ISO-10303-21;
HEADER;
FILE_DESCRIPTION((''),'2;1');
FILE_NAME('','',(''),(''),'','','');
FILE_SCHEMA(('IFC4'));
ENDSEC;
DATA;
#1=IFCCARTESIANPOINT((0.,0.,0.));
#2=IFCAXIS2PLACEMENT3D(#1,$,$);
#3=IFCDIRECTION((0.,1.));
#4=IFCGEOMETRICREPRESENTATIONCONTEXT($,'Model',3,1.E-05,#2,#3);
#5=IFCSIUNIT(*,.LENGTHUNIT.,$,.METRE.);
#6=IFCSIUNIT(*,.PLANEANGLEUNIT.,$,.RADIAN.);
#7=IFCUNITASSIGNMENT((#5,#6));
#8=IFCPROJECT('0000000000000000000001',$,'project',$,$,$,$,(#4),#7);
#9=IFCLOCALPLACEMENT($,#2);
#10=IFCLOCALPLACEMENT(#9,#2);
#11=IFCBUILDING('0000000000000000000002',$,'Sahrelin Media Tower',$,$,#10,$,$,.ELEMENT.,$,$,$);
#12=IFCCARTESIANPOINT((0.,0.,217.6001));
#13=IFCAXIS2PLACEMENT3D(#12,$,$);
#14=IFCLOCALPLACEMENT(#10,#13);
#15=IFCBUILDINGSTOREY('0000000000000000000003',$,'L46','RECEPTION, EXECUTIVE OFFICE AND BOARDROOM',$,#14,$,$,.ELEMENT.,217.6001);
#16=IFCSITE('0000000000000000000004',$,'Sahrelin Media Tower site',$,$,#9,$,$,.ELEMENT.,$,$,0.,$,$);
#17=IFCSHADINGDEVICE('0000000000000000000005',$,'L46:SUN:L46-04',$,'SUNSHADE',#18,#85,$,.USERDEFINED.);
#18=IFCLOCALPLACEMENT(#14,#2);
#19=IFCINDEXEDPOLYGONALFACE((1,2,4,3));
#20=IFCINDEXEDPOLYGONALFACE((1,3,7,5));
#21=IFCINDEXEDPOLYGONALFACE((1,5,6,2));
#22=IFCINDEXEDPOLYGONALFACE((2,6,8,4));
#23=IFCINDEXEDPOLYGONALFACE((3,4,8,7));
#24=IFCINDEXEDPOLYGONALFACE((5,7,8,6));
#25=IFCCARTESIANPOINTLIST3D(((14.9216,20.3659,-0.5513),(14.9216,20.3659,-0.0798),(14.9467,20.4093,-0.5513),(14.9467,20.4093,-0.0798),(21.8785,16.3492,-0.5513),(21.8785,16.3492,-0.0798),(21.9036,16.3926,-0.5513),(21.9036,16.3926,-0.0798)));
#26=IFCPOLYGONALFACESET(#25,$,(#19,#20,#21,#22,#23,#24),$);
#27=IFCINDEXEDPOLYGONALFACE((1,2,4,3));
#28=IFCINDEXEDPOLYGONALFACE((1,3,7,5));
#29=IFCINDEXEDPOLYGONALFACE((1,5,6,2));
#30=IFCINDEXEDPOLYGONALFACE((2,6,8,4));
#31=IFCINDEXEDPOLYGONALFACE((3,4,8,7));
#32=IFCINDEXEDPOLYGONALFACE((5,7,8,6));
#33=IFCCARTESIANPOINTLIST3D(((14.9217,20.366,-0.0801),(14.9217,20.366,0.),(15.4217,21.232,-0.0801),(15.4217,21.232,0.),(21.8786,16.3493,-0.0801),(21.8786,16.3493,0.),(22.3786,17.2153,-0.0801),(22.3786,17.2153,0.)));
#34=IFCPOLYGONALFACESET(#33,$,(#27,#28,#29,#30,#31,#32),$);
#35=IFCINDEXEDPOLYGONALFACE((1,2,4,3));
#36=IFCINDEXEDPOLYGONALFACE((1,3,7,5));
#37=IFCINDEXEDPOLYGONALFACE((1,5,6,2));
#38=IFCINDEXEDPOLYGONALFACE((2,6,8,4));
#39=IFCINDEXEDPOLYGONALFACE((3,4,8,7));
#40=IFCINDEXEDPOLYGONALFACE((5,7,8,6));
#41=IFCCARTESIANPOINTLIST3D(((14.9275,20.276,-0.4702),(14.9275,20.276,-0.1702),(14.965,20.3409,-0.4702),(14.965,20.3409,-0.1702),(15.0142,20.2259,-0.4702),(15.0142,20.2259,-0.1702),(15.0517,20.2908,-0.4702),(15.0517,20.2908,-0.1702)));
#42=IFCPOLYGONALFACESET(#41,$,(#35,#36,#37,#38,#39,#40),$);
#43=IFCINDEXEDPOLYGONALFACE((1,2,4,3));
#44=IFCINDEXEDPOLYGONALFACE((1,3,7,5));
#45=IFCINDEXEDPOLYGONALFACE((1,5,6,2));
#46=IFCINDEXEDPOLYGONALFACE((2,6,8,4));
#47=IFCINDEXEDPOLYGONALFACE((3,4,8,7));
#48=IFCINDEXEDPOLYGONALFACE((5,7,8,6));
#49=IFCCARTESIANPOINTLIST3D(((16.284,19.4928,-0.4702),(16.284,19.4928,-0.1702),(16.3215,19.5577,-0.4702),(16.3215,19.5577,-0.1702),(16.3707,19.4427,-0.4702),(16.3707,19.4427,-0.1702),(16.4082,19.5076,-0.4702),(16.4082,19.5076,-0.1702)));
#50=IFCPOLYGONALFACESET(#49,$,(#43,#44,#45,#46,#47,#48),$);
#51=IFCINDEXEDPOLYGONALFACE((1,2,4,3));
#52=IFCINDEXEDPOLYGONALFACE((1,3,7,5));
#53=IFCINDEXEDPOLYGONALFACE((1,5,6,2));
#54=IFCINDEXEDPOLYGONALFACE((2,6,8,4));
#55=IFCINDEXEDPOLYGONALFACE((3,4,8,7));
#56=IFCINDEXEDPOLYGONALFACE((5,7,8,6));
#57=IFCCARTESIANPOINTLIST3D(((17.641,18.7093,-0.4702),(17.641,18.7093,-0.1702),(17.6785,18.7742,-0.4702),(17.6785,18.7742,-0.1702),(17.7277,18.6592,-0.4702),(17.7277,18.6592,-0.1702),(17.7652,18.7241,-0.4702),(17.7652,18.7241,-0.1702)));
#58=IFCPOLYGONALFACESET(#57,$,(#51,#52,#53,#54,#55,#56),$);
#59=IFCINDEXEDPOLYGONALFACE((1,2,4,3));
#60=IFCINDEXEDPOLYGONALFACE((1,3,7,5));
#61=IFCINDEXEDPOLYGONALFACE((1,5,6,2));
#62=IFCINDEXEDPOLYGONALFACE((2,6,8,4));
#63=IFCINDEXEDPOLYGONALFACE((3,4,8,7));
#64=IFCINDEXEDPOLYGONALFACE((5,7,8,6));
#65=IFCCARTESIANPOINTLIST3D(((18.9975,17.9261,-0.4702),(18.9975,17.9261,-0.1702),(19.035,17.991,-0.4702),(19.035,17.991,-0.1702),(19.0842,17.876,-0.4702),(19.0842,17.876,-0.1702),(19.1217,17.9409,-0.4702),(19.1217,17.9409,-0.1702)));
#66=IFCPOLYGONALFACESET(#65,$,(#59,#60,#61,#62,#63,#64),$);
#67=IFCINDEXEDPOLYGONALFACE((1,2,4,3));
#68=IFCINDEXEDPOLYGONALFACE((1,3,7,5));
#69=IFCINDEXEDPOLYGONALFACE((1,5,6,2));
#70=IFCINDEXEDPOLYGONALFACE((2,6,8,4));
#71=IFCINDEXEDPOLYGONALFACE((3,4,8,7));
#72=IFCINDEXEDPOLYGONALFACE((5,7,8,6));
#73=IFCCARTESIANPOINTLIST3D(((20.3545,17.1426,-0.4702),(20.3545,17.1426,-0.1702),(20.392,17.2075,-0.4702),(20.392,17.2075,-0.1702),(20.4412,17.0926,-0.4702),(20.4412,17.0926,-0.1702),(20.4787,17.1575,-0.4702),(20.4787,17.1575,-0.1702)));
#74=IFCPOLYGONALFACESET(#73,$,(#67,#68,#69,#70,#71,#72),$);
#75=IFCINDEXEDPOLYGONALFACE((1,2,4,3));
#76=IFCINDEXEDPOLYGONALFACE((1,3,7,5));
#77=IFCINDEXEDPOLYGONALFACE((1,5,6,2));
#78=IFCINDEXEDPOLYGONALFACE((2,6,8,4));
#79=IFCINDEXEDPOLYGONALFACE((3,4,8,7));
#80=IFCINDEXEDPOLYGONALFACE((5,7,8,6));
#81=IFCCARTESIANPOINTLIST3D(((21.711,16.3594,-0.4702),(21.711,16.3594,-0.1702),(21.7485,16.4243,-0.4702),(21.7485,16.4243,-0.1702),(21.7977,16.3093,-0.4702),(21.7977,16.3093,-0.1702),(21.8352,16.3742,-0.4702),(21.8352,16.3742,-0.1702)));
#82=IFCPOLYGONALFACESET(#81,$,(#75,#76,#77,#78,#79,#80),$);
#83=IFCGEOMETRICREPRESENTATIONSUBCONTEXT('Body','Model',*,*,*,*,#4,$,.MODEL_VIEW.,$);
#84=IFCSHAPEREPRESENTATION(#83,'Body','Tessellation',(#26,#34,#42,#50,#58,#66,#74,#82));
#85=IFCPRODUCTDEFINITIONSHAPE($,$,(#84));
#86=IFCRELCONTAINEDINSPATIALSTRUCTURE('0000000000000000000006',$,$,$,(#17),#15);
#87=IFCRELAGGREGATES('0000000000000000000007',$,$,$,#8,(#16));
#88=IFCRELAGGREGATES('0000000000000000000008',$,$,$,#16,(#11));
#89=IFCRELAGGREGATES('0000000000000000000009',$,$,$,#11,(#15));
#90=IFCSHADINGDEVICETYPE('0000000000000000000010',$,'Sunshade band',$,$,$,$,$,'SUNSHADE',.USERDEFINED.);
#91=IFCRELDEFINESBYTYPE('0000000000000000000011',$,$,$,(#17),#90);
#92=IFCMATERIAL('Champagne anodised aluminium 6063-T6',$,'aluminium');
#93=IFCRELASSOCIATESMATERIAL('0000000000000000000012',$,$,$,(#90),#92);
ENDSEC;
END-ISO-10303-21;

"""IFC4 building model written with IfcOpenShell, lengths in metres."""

from ifc_helpers import new_model, si_unit, direction, frame, origin, origin_2d, place, context, subcontext, project, spatial, rectangle, extrude, material, type_object, element, save


model = new_model("IFC4")

# Units and contexts
model_context = context("Model", 3, precision=1e-05, world=origin(), true_north=direction((0.0, 1.0)))
body_context = subcontext(model_context, "Body", "Model", "MODEL_VIEW")
ifc_project = project(units=[si_unit("LENGTHUNIT", "METRE"), si_unit("PLANEANGLEUNIT", "RADIAN")], contexts=[model_context])

# Site, building, storey
site_placement = place(None, origin())
site = spatial("IfcSite", under=ifc_project, at=site_placement, Name="Sahrelin Media Tower site", CompositionType="ELEMENT", RefElevation=0.0)
building_placement = place(site_placement, origin())
building = spatial("IfcBuilding", under=site, at=building_placement, Name="Sahrelin Media Tower", CompositionType="ELEMENT")
storey_placement = place(building_placement, frame((0.0, 0.0, 217.6001)))
storey = spatial("IfcBuildingStorey", under=building, at=storey_placement, Name="L46", Description="RECEPTION, EXECUTIVE OFFICE AND BOARDROOM", CompositionType="ELEMENT", Elevation=217.6001)

# Shared definitions
ifc_material_1 = material(Name="Champagne anodised aluminium 6063-T6", Category="aluminium")

# Shading device
placement_1 = place(storey_placement, frame((18.3901, 18.3403, 0.0), z_axis=(0.0, 0.0, 1.0), x_axis=(0.866019, -0.500011, 0.0)))
shading_device_type_1 = type_object("IfcShadingDeviceType", Name="Sunshade band", ElementType="SUNSHADE", PredefinedType="USERDEFINED", material=ifc_material_1)
element("IfcShadingDevice", 1, at=placement_1, inside=storey, type_object=shading_device_type_1, Name="L46:SUN:L46-04", ObjectType="SUNSHADE", PredefinedType="USERDEFINED", context=body_context, shape_type="SweptSolid", body=[
    extrude(rectangle(XDim=8.0332, YDim=0.05, at=origin_2d()), frame((0.0, 0.0449, -0.5513)), (0.0, 0.0, 1.0), 0.4714),
    extrude(rectangle(XDim=8.0332, YDim=1.0, at=origin_2d()), frame((0.0, 0.52, -0.0801)), (0.0, 0.0, 1.0), 0.0801),
    extrude(rectangle(XDim=0.1001, YDim=0.075, at=origin_2d()), frame((-3.9165, -0.0176, -0.4702)), (0.0, 0.0, 1.0), 0.3),
    extrude(rectangle(XDim=0.1001, YDim=0.075, at=origin_2d()), frame((-2.3501, -0.0176, -0.4702)), (0.0, 0.0, 1.0), 0.3),
    extrude(rectangle(XDim=0.1001, YDim=0.075, at=origin_2d()), frame((-0.7832, -0.0176, -0.4702)), (0.0, 0.0, 1.0), 0.3),
    extrude(rectangle(XDim=0.1001, YDim=0.075, at=origin_2d()), frame((0.7832, -0.0176, -0.4702)), (0.0, 0.0, 1.0), 0.3),
    extrude(rectangle(XDim=0.1001, YDim=0.075, at=origin_2d()), frame((2.3501, -0.0176, -0.4702)), (0.0, 0.0, 1.0), 0.3),
    extrude(rectangle(XDim=0.1001, YDim=0.075, at=origin_2d()), frame((3.9165, -0.0176, -0.4702)), (0.0, 0.0, 1.0), 0.3),
])

save(model, "model.ifc")
